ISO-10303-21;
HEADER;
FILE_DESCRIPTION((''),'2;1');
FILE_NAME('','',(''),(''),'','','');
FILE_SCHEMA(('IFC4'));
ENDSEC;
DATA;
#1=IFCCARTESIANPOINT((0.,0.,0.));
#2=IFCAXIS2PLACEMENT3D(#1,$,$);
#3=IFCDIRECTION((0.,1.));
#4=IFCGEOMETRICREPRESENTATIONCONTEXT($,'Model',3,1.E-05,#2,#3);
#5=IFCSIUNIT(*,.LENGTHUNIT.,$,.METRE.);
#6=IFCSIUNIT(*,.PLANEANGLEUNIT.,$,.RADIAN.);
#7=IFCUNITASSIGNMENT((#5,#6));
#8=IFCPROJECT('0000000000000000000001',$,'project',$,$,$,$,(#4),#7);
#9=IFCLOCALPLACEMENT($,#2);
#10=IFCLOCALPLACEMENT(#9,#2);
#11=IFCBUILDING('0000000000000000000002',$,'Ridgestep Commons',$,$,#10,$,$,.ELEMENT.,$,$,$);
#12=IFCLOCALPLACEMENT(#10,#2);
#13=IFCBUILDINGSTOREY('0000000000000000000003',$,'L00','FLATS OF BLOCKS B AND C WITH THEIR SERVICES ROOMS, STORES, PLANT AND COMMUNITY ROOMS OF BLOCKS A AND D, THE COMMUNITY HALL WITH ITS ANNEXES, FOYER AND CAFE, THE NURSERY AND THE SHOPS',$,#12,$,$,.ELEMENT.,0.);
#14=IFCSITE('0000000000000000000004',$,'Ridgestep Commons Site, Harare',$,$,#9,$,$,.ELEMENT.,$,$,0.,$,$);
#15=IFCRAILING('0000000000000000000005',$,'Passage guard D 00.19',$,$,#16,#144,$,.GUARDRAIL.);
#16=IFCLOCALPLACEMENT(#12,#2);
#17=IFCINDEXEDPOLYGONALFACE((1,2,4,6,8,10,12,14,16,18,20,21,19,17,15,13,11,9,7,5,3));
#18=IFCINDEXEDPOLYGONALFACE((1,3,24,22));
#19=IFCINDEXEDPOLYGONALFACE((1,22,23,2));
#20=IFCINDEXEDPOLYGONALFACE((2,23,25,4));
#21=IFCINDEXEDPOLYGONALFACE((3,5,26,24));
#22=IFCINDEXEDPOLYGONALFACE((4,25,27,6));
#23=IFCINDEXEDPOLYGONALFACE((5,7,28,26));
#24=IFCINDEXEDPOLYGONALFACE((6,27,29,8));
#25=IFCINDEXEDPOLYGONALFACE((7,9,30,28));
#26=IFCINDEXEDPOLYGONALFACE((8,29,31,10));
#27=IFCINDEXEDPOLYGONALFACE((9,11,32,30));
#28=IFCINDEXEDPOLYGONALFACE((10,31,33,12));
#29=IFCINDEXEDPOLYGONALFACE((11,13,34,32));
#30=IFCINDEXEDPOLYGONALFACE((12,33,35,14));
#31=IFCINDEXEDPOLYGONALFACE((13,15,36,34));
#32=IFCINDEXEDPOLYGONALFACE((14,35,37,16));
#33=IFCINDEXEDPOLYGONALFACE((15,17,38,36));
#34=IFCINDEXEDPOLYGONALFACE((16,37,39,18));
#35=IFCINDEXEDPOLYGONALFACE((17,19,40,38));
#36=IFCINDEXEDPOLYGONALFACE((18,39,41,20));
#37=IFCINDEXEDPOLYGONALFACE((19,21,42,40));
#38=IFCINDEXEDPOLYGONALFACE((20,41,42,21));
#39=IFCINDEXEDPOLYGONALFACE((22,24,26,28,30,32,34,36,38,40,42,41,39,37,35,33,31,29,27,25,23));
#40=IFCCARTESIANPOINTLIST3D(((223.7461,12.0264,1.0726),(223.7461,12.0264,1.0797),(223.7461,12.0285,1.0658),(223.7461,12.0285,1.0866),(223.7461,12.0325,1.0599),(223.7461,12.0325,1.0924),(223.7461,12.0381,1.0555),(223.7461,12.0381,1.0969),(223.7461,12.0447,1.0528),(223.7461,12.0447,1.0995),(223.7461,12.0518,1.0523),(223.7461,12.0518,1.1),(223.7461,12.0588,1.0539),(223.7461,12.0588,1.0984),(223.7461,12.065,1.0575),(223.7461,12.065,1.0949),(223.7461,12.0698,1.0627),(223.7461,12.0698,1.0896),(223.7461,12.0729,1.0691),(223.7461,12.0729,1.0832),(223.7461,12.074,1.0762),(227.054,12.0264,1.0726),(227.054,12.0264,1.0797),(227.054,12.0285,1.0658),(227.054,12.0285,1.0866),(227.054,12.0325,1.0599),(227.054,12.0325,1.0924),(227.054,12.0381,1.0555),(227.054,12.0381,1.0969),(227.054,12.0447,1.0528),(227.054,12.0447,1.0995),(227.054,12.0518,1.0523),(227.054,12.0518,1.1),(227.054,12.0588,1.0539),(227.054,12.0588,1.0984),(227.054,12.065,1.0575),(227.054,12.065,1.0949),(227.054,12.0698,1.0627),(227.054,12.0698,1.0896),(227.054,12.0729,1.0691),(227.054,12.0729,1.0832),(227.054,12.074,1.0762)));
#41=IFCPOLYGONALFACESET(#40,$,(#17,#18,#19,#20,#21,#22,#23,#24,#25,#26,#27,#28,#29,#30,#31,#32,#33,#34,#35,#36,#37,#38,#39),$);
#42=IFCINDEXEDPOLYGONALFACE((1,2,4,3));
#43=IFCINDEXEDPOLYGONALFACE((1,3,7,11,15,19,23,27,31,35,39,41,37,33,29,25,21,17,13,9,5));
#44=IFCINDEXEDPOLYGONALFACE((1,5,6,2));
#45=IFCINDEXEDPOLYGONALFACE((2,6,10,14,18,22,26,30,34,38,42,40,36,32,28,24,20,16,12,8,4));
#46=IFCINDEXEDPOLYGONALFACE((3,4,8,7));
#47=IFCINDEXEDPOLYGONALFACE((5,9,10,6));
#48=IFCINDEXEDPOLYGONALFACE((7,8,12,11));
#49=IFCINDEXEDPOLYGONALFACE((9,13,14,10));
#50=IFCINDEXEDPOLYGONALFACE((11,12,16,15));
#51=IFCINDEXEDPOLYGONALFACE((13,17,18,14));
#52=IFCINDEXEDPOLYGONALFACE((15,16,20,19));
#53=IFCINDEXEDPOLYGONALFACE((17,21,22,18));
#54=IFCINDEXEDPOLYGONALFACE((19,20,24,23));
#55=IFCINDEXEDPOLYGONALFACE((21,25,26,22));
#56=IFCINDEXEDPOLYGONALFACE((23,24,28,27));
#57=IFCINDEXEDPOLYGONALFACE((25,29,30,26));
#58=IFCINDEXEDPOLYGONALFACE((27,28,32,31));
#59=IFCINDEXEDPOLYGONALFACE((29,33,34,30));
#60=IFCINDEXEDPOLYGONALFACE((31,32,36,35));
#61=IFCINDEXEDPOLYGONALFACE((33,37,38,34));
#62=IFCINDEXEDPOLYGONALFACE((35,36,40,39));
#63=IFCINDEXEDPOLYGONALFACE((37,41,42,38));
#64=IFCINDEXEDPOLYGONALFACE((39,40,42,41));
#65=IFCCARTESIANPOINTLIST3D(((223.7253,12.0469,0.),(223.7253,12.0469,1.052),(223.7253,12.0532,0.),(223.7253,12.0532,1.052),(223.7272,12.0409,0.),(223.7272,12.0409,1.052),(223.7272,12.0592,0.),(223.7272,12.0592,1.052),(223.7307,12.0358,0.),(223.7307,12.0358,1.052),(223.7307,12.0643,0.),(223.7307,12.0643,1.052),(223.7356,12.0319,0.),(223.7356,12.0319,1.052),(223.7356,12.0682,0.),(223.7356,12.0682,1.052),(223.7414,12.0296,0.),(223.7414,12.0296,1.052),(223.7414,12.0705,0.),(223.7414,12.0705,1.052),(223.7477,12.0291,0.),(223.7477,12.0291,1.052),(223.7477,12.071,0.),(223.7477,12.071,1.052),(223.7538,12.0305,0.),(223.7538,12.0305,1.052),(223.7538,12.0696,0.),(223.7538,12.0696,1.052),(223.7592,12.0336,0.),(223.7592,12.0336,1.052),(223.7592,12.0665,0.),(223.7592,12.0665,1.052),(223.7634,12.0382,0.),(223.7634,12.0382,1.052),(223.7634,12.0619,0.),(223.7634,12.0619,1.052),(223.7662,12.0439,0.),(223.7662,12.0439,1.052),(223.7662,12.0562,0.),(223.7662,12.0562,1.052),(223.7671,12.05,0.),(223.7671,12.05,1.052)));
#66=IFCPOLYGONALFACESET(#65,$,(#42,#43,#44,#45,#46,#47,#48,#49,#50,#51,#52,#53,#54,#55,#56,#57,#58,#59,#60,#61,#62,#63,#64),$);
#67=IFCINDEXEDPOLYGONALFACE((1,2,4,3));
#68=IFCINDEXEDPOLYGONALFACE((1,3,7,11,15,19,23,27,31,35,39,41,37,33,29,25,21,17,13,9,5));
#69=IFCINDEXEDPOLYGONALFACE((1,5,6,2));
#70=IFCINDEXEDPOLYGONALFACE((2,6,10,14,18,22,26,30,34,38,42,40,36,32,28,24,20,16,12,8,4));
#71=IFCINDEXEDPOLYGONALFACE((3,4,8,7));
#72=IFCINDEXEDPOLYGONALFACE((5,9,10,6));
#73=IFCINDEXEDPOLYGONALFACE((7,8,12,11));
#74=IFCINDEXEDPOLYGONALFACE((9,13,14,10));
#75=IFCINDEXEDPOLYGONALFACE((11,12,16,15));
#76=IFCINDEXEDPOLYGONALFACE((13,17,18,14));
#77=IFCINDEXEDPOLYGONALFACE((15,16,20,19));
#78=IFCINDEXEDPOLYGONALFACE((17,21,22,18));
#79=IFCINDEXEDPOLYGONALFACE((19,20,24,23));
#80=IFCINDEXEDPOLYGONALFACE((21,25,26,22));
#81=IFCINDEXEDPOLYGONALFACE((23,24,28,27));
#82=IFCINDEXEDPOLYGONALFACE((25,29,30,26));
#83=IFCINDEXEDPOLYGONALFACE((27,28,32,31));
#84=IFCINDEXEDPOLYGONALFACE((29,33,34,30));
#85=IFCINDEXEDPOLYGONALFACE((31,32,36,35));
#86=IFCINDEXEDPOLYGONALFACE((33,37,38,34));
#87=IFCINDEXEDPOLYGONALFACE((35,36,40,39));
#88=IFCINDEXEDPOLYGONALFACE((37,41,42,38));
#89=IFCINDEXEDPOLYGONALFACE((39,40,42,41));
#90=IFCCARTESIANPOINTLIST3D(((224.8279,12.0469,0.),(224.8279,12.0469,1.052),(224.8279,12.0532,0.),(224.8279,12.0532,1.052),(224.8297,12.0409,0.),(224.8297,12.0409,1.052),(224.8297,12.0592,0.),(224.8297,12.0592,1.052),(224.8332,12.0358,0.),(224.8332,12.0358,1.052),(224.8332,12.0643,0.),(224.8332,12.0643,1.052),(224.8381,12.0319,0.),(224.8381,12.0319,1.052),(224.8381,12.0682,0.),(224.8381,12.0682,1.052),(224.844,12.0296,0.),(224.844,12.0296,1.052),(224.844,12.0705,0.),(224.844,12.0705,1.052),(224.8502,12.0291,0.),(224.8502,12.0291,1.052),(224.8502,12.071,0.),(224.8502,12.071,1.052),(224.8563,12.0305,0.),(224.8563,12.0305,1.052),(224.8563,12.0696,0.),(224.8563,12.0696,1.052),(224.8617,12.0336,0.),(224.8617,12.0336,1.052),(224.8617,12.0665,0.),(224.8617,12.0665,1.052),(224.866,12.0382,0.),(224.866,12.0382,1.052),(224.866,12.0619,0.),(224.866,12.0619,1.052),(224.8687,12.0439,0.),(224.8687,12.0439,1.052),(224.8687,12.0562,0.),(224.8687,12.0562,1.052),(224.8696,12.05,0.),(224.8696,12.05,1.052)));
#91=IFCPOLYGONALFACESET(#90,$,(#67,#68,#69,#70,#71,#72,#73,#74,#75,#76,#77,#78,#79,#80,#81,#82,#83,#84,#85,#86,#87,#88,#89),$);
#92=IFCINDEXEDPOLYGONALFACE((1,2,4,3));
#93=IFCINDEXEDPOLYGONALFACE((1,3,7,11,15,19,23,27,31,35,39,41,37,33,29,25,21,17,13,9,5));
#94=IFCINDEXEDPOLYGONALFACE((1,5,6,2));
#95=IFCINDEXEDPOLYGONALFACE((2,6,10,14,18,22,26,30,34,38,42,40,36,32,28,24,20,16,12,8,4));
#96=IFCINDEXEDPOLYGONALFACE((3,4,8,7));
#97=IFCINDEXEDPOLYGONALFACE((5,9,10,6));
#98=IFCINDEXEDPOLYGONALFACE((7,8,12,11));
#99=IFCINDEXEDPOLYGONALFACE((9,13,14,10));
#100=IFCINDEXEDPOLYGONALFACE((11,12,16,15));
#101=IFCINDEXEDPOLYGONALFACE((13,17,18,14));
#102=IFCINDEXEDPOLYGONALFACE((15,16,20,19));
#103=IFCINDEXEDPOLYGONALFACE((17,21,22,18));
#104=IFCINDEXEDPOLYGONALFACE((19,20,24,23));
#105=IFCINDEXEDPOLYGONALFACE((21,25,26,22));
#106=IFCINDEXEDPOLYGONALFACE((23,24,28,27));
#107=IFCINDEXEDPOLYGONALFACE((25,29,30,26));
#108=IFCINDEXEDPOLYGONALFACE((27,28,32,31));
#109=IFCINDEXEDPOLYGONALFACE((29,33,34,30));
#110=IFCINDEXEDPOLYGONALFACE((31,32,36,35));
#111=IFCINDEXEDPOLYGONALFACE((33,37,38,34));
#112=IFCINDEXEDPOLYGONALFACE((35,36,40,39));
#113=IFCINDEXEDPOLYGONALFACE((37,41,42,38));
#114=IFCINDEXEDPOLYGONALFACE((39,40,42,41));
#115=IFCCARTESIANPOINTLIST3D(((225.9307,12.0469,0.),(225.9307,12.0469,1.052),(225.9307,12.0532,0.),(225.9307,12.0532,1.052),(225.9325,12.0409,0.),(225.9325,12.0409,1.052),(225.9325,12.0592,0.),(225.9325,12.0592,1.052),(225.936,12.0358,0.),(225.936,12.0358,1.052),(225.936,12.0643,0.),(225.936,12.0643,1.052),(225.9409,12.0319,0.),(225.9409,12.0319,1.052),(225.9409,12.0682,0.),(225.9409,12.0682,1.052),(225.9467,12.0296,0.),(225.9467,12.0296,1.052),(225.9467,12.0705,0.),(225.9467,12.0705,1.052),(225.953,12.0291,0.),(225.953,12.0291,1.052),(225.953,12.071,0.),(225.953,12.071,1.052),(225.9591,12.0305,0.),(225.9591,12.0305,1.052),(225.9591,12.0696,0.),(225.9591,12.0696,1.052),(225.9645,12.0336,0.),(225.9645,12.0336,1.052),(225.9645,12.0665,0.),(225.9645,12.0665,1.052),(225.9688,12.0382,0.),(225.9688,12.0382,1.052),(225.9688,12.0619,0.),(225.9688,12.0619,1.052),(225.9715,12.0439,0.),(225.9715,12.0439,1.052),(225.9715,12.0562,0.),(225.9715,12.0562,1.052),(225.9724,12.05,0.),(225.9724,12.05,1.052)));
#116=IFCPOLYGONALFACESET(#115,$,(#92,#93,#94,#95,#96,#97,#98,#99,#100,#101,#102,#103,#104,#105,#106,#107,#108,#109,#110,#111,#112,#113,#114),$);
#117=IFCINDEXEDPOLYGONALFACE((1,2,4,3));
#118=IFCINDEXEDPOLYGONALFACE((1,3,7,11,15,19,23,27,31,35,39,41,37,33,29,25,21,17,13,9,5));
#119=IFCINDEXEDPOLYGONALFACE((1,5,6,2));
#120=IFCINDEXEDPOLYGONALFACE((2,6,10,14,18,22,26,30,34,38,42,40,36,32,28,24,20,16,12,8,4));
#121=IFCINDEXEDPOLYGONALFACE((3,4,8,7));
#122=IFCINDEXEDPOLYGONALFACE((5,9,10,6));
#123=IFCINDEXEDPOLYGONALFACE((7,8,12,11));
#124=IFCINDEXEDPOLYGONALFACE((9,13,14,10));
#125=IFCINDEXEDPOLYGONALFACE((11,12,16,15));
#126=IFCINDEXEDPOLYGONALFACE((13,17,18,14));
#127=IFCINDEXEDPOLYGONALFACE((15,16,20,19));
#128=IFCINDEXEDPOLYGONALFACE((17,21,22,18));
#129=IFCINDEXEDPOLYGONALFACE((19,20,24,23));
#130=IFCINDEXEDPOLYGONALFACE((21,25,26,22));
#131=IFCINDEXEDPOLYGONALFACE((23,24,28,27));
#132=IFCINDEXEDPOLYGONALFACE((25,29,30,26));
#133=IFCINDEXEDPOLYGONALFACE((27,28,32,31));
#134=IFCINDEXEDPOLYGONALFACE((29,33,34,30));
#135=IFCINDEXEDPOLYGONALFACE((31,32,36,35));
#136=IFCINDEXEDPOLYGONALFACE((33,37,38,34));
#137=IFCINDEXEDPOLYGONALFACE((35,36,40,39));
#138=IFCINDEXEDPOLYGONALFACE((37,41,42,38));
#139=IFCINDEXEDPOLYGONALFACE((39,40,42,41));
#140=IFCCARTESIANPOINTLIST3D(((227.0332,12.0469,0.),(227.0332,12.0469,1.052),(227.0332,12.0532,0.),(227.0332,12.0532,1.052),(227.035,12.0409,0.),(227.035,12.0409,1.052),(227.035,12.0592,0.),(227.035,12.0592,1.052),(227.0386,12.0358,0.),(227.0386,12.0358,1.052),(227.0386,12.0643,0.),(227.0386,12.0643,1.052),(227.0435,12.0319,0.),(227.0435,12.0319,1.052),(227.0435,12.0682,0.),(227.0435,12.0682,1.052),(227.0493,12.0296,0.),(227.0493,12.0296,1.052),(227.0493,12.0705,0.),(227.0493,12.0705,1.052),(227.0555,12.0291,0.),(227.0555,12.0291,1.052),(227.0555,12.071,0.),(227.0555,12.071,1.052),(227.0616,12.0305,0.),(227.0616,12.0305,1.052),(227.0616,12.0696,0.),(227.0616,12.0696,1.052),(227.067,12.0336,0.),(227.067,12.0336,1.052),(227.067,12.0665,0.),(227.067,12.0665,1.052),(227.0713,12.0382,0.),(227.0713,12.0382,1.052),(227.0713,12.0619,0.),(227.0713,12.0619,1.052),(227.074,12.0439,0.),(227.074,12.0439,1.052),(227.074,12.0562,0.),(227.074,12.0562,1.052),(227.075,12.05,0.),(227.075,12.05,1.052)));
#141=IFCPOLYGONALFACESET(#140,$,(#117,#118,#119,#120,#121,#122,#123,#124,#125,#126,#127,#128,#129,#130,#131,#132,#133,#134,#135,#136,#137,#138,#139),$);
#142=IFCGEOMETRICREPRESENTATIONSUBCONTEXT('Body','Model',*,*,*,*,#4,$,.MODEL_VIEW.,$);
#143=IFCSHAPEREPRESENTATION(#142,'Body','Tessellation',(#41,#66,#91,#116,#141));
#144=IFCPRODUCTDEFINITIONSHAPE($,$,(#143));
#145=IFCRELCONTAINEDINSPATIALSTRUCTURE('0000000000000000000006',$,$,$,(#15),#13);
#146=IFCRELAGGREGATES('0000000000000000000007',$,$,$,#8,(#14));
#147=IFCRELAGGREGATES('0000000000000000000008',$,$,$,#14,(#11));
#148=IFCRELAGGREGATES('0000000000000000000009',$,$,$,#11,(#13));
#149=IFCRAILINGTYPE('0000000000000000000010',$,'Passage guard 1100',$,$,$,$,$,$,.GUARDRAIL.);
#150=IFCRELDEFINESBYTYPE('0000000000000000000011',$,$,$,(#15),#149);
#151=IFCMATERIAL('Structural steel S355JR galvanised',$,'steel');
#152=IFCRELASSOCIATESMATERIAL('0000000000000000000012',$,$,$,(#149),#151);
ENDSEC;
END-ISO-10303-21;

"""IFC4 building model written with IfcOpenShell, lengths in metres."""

from ifc_helpers import new_model, si_unit, direction, frame, origin, origin_2d, place, context, subcontext, project, spatial, circle, extrude, material, type_object, element, save


model = new_model("IFC4")

# Units and contexts
model_context = context("Model", 3, precision=1e-05, world=origin(), true_north=direction((0.0, 1.0)))
body_context = subcontext(model_context, "Body", "Model", "MODEL_VIEW")
ifc_project = project(units=[si_unit("LENGTHUNIT", "METRE"), si_unit("PLANEANGLEUNIT", "RADIAN")], contexts=[model_context])

# Site, building, storey
site_placement = place(None, origin())
site = spatial("IfcSite", under=ifc_project, at=site_placement, Name="Ridgestep Commons Site, Harare", CompositionType="ELEMENT", RefElevation=0.0)
building_placement = place(site_placement, origin())
building = spatial("IfcBuilding", under=site, at=building_placement, Name="Ridgestep Commons", CompositionType="ELEMENT")
storey_placement = place(building_placement, origin())
storey = spatial("IfcBuildingStorey", under=building, at=storey_placement, Name="L00", Description="FLATS OF BLOCKS B AND C WITH THEIR SERVICES ROOMS, STORES, PLANT AND COMMUNITY ROOMS OF BLOCKS A AND D, THE COMMUNITY HALL WITH ITS ANNEXES, FOYER AND CAFE, THE NURSERY AND THE SHOPS", CompositionType="ELEMENT", Elevation=0.0)

# Railing
ifc_material_1 = material(Name="Structural steel S355JR galvanised", Category="steel")
railing_type = type_object("IfcRailingType", Name="Passage guard 1100", PredefinedType="GUARDRAIL", material=ifc_material_1)
railing_1_placement = place(storey_placement, frame((223.7461, 12.05, 0.0)))
element("IfcRailing", 1, at=railing_1_placement, inside=storey, type_object=railing_type, Name="Passage guard D 00.19", PredefinedType="GUARDRAIL", context=body_context, shape_type="SweptSolid", body=[
    extrude(circle(Radius=0.0239, at=origin_2d()), frame((0.0, 0.0, 1.0762), z_axis=(1.0, 0.0, 0.0), x_axis=(0.0, 1.0, 0.0)), (0.0, 0.0, 1.0), 3.3079),
    extrude(circle(Radius=0.021, at=origin_2d()), origin(), (0.0, 0.0, 1.0), 1.052),
    extrude(circle(Radius=0.021, at=origin_2d()), frame((1.1025, 0.0, 0.0)), (0.0, 0.0, 1.0), 1.052),
    extrude(circle(Radius=0.021, at=origin_2d()), frame((2.2053, 0.0, 0.0)), (0.0, 0.0, 1.0), 1.052),
    extrude(circle(Radius=0.021, at=origin_2d()), frame((3.3079, 0.0, 0.0)), (0.0, 0.0, 1.0), 1.052),
])

save(model, "model.ifc")
